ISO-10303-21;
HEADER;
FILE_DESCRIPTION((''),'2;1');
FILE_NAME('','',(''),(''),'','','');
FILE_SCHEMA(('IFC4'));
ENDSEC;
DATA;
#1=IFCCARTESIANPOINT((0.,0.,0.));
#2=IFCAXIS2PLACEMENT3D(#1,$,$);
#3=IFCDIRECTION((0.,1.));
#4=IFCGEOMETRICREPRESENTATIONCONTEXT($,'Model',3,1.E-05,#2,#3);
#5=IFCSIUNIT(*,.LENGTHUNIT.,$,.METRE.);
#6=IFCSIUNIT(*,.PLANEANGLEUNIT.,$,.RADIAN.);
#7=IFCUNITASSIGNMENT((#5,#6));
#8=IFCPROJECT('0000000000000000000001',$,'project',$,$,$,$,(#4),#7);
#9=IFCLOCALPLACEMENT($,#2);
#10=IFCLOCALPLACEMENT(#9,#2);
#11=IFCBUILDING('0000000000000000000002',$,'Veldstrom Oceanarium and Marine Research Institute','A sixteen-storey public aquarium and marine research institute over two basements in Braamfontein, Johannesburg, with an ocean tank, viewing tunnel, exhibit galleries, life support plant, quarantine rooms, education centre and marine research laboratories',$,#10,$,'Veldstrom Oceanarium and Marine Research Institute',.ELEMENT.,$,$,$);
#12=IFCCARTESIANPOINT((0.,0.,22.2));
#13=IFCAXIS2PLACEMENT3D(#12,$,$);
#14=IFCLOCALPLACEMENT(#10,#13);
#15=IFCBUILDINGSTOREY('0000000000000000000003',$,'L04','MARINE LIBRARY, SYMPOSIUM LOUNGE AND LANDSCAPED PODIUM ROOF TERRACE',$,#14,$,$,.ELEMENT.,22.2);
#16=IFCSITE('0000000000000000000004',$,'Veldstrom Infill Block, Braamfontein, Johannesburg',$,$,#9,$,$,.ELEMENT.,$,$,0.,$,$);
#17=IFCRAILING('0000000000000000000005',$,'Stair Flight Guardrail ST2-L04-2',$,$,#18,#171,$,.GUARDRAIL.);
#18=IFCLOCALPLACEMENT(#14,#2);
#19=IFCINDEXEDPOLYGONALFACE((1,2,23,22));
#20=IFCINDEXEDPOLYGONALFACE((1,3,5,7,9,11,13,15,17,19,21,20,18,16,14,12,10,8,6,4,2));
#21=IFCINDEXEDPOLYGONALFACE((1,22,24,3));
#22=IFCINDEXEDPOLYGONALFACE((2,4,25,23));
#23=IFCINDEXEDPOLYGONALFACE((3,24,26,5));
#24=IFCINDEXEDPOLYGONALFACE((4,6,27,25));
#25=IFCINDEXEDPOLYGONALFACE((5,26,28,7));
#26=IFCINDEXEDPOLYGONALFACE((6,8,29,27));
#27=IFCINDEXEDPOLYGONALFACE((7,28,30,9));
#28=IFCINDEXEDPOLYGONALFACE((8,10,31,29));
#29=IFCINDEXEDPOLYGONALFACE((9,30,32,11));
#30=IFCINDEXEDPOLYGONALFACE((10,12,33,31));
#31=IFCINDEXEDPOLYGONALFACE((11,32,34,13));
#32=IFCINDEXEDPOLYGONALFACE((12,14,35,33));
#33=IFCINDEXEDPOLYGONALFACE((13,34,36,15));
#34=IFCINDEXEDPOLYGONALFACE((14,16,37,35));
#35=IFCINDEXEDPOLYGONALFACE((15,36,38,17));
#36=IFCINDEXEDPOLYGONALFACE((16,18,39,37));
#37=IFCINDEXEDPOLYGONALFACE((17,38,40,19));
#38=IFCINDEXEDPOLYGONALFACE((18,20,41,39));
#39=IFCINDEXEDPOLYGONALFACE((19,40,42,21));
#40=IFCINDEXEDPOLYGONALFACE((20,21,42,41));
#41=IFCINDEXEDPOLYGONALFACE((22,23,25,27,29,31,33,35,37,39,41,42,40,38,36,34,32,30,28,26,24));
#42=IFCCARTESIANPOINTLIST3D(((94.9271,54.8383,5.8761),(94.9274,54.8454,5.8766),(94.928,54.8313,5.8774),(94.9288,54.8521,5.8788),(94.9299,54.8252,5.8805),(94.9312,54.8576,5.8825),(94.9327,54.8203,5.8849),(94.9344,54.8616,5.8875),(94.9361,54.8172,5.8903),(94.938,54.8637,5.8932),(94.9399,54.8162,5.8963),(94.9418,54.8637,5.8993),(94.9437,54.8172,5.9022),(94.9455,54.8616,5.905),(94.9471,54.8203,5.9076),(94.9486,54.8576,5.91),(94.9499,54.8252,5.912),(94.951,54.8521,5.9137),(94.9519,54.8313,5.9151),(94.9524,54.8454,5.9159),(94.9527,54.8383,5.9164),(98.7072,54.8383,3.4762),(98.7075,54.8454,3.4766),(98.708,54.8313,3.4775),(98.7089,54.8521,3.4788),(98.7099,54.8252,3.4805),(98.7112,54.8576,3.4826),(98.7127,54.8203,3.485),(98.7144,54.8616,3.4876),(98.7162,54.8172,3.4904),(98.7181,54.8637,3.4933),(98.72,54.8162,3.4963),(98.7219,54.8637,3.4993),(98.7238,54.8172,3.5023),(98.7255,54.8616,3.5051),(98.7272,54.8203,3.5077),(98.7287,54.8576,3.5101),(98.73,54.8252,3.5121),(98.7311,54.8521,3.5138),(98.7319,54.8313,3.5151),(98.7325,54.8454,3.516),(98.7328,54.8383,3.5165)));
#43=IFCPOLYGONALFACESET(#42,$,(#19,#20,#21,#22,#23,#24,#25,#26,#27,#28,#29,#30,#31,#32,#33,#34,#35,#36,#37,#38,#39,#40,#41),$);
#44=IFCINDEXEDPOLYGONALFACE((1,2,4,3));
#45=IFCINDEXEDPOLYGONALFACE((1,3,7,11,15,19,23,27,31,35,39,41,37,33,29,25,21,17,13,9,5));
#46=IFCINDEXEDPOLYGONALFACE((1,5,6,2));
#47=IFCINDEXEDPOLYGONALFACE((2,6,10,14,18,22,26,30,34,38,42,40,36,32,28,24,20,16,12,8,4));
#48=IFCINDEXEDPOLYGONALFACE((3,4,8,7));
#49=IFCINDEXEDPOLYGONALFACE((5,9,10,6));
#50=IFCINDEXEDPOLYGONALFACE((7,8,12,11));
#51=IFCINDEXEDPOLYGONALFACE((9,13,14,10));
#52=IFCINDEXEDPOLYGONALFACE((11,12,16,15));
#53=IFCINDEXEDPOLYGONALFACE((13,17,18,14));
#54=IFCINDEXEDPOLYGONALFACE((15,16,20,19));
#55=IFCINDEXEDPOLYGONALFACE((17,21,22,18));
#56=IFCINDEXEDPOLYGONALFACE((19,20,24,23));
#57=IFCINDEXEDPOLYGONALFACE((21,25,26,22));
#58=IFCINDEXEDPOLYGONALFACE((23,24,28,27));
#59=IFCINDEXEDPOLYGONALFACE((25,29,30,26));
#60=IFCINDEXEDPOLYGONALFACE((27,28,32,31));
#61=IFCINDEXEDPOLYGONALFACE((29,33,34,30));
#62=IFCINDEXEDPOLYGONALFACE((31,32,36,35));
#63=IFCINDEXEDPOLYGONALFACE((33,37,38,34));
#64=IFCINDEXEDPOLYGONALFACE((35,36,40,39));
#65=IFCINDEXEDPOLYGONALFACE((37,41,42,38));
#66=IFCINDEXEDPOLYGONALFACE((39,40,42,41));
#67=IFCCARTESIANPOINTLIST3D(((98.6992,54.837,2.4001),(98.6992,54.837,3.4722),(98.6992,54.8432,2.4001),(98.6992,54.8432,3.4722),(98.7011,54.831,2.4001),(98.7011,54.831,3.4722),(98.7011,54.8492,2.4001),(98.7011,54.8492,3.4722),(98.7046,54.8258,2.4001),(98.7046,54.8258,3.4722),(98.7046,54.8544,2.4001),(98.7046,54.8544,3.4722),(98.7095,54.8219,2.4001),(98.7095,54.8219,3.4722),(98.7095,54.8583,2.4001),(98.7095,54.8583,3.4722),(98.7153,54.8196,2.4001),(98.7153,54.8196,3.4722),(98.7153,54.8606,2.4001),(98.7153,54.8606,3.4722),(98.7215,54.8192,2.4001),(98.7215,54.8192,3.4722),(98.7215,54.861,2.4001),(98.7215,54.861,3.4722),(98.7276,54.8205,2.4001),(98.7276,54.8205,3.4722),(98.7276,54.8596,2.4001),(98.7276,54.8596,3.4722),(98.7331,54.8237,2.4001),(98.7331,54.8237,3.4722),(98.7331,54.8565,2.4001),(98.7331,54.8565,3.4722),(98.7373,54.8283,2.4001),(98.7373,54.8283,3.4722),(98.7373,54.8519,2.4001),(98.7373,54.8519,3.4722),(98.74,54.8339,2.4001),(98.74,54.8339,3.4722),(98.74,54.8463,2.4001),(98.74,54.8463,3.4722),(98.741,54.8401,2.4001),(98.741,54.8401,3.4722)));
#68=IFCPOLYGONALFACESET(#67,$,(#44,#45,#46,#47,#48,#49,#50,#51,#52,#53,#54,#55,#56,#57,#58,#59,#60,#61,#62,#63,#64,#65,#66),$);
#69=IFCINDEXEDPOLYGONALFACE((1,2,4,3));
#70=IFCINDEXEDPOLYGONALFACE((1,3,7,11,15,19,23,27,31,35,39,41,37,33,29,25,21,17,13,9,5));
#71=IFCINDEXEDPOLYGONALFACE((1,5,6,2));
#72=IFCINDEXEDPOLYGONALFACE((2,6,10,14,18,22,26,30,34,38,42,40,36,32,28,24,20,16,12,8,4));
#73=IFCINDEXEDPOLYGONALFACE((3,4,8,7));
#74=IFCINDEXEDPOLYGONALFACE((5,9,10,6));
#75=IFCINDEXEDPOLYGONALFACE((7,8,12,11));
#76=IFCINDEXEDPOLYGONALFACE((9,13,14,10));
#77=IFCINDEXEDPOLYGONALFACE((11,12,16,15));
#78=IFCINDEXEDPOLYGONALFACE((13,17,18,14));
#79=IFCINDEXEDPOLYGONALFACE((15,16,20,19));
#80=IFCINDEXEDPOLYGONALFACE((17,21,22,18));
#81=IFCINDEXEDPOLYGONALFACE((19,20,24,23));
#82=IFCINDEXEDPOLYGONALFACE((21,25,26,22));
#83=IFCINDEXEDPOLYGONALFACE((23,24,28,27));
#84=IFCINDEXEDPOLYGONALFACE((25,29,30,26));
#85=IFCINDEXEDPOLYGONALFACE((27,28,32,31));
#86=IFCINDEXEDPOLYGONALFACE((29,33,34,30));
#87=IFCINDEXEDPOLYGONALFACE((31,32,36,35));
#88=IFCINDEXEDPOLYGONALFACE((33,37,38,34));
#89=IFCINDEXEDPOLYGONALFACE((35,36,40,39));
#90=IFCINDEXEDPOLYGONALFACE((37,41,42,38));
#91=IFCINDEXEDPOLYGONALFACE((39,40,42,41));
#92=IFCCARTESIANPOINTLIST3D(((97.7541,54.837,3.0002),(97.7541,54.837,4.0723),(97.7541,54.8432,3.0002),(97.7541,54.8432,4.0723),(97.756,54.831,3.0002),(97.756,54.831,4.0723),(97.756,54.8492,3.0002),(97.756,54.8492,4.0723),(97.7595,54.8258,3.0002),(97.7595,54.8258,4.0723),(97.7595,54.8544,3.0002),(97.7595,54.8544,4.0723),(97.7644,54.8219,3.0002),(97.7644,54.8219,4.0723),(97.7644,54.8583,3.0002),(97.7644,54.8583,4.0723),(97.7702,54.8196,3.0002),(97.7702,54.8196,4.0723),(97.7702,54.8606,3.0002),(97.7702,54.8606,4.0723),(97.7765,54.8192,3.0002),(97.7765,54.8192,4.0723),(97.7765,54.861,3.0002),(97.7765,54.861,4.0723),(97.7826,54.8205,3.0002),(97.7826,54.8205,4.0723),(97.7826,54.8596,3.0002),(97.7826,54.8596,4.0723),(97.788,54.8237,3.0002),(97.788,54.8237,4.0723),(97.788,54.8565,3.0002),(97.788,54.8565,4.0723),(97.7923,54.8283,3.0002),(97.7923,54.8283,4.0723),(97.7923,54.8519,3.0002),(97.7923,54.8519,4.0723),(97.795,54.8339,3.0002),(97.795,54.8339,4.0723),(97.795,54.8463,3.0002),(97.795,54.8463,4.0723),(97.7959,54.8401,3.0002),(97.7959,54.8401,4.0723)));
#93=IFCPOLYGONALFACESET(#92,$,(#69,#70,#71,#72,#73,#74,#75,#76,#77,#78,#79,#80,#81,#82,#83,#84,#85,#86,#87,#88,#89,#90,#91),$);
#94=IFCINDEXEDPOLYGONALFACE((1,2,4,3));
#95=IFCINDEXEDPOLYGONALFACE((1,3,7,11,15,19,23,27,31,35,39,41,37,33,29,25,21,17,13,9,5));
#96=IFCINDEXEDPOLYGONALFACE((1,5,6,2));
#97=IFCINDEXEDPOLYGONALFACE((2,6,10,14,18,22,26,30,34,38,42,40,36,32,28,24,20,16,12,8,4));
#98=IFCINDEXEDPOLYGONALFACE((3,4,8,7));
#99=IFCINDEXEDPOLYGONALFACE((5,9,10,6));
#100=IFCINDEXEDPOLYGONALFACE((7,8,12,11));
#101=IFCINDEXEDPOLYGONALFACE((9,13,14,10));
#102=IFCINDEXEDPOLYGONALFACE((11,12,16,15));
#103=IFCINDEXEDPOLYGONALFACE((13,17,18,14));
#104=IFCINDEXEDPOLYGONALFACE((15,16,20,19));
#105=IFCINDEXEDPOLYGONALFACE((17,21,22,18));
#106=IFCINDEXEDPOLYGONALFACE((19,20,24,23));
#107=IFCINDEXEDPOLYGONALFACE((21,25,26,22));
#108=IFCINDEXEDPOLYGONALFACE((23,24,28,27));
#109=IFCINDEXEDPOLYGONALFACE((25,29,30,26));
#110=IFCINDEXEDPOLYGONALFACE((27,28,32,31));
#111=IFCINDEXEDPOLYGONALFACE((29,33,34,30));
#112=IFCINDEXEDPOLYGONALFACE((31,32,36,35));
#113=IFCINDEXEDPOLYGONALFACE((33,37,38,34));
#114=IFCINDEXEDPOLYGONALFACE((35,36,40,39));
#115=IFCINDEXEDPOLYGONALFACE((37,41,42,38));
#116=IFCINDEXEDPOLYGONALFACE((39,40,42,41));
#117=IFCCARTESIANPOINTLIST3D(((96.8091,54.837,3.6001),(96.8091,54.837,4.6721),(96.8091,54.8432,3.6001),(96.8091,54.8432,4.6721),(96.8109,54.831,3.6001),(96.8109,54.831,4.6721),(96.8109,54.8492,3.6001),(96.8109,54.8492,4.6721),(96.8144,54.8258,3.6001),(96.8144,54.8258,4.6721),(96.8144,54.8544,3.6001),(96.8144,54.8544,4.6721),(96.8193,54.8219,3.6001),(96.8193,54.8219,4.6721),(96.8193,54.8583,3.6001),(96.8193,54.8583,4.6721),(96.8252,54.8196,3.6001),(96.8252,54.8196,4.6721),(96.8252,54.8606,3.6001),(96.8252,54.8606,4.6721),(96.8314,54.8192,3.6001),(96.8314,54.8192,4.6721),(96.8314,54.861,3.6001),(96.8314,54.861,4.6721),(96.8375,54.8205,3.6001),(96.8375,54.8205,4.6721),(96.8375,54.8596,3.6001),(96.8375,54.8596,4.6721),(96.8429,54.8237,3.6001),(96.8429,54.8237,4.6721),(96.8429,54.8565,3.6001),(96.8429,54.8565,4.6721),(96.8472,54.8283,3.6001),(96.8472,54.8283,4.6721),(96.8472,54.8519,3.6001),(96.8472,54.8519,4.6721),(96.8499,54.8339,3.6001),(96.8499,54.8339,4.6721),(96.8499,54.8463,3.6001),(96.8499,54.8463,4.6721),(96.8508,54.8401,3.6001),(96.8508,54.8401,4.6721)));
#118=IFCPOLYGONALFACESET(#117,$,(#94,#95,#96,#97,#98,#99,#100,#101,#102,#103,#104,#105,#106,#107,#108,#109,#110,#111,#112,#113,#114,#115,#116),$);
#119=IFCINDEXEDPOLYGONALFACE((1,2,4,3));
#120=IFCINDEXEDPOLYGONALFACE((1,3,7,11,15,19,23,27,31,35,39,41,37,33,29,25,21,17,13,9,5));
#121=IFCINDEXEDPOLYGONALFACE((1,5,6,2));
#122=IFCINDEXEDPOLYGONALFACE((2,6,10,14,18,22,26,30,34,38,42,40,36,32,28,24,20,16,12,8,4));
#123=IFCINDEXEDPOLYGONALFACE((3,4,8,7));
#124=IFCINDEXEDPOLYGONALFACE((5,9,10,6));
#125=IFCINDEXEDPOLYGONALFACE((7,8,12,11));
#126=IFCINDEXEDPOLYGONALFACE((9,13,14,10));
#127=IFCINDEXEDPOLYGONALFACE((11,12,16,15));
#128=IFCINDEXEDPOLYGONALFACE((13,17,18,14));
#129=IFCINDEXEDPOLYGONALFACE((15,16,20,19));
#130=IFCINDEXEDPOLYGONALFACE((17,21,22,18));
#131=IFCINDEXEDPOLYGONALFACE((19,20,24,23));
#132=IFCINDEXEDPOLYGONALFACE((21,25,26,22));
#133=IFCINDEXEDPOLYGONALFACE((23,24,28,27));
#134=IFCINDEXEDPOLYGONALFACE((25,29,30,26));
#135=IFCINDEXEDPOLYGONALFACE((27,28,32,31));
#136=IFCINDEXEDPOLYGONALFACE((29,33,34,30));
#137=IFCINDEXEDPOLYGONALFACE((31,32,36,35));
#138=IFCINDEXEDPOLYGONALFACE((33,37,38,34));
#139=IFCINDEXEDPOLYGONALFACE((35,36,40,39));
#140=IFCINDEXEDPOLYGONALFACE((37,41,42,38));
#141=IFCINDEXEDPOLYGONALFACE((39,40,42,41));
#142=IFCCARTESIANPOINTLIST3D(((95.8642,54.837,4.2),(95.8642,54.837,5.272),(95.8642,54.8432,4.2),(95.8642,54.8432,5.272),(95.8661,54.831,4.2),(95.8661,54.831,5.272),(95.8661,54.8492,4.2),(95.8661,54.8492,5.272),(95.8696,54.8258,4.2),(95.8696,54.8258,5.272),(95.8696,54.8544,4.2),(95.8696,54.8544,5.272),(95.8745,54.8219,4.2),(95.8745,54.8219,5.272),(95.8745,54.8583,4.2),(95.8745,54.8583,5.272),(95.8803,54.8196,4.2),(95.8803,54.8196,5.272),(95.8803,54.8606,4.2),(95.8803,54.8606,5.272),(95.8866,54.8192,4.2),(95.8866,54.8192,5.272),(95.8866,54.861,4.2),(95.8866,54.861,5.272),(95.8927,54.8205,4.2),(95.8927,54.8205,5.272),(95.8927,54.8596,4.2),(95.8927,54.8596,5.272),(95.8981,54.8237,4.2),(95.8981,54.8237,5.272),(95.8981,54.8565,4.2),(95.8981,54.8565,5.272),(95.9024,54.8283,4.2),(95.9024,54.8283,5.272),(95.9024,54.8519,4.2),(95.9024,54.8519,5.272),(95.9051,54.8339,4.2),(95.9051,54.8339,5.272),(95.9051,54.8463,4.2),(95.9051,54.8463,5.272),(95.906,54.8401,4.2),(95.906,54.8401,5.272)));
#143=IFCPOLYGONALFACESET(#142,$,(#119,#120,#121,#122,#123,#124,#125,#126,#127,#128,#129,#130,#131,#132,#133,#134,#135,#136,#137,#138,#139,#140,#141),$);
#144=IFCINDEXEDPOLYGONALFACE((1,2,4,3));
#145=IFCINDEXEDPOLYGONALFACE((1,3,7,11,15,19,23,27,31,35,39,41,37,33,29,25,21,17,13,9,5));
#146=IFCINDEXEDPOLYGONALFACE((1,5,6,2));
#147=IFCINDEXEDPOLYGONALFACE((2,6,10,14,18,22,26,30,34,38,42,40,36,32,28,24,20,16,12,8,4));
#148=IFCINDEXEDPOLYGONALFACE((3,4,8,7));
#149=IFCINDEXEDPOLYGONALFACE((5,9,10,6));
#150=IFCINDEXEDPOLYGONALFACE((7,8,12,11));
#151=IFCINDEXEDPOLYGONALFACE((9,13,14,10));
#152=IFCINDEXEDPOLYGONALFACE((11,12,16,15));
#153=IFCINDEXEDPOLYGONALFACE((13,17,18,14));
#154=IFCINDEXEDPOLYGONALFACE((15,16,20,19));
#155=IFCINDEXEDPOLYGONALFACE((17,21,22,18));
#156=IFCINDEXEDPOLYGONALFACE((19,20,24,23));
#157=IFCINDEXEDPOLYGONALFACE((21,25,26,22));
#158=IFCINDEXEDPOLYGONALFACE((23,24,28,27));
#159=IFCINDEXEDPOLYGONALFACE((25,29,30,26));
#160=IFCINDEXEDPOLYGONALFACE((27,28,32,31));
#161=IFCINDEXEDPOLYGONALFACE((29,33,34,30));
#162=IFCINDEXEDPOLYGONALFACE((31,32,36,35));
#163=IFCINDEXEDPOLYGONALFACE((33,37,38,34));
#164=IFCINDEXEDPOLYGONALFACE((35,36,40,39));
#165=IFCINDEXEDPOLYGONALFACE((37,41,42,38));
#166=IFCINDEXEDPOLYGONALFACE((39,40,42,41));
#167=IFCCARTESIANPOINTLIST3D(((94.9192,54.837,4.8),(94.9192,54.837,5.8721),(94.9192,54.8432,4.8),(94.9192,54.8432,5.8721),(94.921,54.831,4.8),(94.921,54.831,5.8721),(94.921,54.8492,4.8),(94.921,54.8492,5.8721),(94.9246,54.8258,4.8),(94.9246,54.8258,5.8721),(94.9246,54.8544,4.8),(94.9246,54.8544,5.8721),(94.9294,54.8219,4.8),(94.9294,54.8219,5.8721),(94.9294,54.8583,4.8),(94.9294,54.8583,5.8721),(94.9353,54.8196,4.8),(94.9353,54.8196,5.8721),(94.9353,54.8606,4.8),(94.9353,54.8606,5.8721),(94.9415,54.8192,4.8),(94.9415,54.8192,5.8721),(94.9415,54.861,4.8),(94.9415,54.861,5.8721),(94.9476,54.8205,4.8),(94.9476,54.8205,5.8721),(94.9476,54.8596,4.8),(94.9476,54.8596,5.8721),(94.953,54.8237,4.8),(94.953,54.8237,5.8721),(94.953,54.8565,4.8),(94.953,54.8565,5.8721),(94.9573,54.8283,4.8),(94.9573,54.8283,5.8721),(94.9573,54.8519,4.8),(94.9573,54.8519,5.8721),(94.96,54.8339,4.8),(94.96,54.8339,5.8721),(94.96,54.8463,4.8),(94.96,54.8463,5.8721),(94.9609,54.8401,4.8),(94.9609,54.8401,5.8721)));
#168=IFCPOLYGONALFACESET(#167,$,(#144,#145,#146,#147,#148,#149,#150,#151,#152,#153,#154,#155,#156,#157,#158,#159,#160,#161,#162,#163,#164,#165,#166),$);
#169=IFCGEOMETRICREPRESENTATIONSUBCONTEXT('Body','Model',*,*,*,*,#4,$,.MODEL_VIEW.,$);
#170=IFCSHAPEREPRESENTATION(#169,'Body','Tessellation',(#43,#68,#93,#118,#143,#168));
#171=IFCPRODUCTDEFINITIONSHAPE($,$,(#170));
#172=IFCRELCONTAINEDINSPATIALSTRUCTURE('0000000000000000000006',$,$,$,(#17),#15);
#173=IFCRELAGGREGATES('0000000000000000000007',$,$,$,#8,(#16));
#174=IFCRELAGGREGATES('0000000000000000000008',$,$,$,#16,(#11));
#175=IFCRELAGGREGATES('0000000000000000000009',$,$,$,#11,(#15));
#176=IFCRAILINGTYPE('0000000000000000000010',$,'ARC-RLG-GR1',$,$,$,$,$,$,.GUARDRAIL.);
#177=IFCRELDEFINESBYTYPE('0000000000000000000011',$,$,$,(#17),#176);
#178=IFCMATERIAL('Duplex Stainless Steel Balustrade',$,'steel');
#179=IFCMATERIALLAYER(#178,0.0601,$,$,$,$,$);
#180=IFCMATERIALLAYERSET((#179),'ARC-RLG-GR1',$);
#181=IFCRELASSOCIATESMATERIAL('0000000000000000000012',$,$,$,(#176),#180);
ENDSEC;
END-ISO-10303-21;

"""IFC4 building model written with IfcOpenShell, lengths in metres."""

from ifc_helpers import new_model, si_unit, direction, frame, origin, origin_2d, place, context, subcontext, project, spatial, circle, extrude, material, layer, layer_set, type_object, element, save


model = new_model("IFC4")

# Units and contexts
model_context = context("Model", 3, precision=1e-05, world=origin(), true_north=direction((0.0, 1.0)))
body_context = subcontext(model_context, "Body", "Model", "MODEL_VIEW")
ifc_project = project(units=[si_unit("LENGTHUNIT", "METRE"), si_unit("PLANEANGLEUNIT", "RADIAN")], contexts=[model_context])

# Site, building, storey
site_placement = place(None, origin())
site = spatial("IfcSite", under=ifc_project, at=site_placement, Name="Veldstrom Infill Block, Braamfontein, Johannesburg", CompositionType="ELEMENT", RefElevation=0.0)
building_placement = place(site_placement, origin())
building = spatial("IfcBuilding", under=site, at=building_placement, Name="Veldstrom Oceanarium and Marine Research Institute", Description="A sixteen-storey public aquarium and marine research institute over two basements in Braamfontein, Johannesburg, with an ocean tank, viewing tunnel, exhibit galleries, life support plant, quarantine rooms, education centre and marine research laboratories", LongName="Veldstrom Oceanarium and Marine Research Institute", CompositionType="ELEMENT")
storey_placement = place(building_placement, frame((0.0, 0.0, 22.2)))
storey = spatial("IfcBuildingStorey", under=building, at=storey_placement, Name="L04", Description="MARINE LIBRARY, SYMPOSIUM LOUNGE AND LANDSCAPED PODIUM ROOF TERRACE", CompositionType="ELEMENT", Elevation=22.2)

# Railing
ifc_material_1 = material(Name="Duplex Stainless Steel Balustrade", Category="steel")
ifc_layer_1 = layer(ifc_material_1, 0.0601)
ifc_layer_set_1 = layer_set([ifc_layer_1], Name="ARC-RLG-GR1")
railing_type_1 = type_object("IfcRailingType", Name="ARC-RLG-GR1", PredefinedType="GUARDRAIL", material=ifc_layer_set_1)
railing_1_placement = place(storey_placement, frame((98.72, 54.8401, 2.4001)))
element("IfcRailing", 1, at=railing_1_placement, inside=storey, type_object=railing_type_1, Name="Stair Flight Guardrail ST2-L04-2", PredefinedType="GUARDRAIL", context=body_context, shape_type="SweptSolid", body=[
    extrude(circle(Radius=0.0239, at=origin_2d()), frame((0.0, 0.0, 1.0962), z_axis=(-0.844225, 0.0, 0.53599), x_axis=(0.0, -1.0, 0.0)), (0.0, 0.0, 1.0), 4.4775),
    extrude(circle(Radius=0.021, at=origin_2d()), origin(), (0.0, 0.0, 1.0), 1.072),
    extrude(circle(Radius=0.021, at=origin_2d()), frame((-0.9451, 0.0, 0.6001)), (0.0, 0.0, 1.0), 1.072),
    extrude(circle(Radius=0.021, at=origin_2d()), frame((-1.8901, 0.0, 1.2)), (0.0, 0.0, 1.0), 1.072),
    extrude(circle(Radius=0.021, at=origin_2d()), frame((-2.835, 0.0, 1.7998)), (0.0, 0.0, 1.0), 1.072),
    extrude(circle(Radius=0.021, at=origin_2d()), frame((-3.78, 0.0, 2.3999)), (0.0, 0.0, 1.0), 1.072),
])

save(model, "model.ifc")
